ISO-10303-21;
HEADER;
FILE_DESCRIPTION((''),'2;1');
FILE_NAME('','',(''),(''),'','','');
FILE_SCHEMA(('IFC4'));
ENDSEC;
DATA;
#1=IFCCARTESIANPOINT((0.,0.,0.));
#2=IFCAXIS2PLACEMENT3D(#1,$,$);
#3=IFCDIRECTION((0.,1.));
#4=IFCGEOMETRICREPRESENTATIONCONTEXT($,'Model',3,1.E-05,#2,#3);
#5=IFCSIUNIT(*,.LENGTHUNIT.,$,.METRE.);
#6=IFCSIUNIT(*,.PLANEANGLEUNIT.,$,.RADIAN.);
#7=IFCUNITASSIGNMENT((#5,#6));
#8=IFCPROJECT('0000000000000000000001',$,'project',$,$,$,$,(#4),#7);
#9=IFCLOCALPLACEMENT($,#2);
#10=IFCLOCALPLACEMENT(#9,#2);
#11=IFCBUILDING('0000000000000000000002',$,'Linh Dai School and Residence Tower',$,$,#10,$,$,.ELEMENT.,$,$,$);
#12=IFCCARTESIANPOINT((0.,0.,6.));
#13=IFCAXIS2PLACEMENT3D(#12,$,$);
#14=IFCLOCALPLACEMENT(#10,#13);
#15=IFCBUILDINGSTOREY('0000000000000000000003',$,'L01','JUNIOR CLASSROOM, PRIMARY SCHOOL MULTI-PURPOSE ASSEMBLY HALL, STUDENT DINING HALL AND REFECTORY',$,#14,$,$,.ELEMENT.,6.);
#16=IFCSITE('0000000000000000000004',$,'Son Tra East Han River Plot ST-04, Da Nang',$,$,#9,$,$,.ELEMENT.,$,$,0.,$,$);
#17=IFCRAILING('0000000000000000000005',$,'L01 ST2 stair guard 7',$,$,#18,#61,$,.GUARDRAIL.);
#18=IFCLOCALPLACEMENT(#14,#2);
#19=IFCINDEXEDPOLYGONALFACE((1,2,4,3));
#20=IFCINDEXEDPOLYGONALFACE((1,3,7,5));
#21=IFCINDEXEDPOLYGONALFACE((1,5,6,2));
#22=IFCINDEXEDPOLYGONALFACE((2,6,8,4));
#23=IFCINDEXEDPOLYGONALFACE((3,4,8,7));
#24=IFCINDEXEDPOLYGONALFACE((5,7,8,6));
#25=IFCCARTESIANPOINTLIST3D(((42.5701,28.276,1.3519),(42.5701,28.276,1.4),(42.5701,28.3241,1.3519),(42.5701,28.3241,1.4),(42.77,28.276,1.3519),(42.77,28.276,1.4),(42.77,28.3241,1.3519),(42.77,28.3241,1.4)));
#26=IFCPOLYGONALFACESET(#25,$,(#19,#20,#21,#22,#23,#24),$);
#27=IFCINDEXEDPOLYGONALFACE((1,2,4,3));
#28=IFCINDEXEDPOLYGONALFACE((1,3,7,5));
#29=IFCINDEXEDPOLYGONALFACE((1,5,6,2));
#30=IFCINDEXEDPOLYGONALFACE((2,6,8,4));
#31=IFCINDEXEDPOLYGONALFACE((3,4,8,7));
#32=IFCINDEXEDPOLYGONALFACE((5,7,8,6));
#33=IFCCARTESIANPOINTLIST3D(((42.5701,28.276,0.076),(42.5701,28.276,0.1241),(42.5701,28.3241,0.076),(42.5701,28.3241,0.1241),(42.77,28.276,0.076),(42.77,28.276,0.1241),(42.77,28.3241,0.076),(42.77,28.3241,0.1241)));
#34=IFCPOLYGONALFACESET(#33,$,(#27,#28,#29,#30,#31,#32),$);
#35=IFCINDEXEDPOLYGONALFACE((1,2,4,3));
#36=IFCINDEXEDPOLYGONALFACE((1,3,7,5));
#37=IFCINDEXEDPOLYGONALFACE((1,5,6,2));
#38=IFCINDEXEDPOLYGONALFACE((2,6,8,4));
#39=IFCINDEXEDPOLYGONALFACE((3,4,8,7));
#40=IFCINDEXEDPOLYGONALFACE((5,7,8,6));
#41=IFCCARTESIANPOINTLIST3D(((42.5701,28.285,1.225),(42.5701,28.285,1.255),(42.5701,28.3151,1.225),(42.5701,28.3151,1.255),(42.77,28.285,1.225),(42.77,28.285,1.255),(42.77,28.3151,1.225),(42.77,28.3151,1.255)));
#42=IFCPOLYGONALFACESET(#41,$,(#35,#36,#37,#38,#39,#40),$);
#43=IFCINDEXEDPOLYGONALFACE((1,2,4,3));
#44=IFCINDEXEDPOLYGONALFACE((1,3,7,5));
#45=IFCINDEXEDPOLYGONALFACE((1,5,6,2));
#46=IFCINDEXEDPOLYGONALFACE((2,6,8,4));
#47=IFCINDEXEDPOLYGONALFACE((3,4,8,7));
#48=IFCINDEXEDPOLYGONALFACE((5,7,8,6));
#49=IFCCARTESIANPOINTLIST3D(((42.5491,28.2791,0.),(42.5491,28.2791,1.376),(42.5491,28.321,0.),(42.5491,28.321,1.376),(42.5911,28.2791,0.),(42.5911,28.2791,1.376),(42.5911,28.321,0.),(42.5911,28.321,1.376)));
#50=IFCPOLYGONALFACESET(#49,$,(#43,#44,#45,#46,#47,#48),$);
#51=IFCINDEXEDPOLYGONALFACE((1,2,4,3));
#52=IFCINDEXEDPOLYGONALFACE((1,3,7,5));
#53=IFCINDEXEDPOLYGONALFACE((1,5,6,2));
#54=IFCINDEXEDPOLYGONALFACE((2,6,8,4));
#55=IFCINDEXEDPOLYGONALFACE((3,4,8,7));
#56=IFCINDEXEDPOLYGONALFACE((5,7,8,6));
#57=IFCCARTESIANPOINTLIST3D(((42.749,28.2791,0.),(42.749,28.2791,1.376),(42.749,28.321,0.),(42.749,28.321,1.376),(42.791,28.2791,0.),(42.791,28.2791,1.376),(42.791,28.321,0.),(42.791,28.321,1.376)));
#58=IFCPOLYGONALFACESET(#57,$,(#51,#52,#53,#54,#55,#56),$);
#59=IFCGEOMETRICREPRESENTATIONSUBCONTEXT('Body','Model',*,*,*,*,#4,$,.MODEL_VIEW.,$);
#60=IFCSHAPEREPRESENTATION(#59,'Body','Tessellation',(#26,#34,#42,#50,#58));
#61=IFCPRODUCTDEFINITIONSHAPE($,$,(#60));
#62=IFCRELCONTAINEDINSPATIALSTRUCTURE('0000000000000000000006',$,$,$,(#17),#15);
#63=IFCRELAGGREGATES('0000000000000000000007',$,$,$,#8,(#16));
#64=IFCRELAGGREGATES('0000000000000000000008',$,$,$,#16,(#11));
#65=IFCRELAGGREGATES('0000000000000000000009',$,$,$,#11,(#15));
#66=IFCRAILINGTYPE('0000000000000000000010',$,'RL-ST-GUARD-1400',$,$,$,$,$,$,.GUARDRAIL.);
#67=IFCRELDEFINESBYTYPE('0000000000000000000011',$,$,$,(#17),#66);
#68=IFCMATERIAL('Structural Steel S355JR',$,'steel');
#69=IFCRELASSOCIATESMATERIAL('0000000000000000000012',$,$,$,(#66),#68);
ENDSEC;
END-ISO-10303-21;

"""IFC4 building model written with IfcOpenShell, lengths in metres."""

from ifc_helpers import new_model, si_unit, direction, frame, origin, origin_2d, place, context, subcontext, project, spatial, rectangle, extrude, source, transform, mapped, material, type_object, element, save


model = new_model("IFC4")

# Units and contexts
model_context = context("Model", 3, precision=1e-05, world=origin(), true_north=direction((0.0, 1.0)))
body_context = subcontext(model_context, "Body", "Model", "MODEL_VIEW")
ifc_project = project(units=[si_unit("LENGTHUNIT", "METRE"), si_unit("PLANEANGLEUNIT", "RADIAN")], contexts=[model_context])

# Site, building, storey
site_placement = place(None, origin())
site = spatial("IfcSite", under=ifc_project, at=site_placement, Name="Son Tra East Han River Plot ST-04, Da Nang", CompositionType="ELEMENT", RefElevation=0.0)
building_placement = place(site_placement, origin())
building = spatial("IfcBuilding", under=site, at=building_placement, Name="Linh Dai School and Residence Tower", CompositionType="ELEMENT")
storey_placement = place(building_placement, frame((0.0, 0.0, 6.0)))
storey = spatial("IfcBuildingStorey", under=building, at=storey_placement, Name="L01", Description="JUNIOR CLASSROOM, PRIMARY SCHOOL MULTI-PURPOSE ASSEMBLY HALL, STUDENT DINING HALL AND REFECTORY", CompositionType="ELEMENT", Elevation=6.0)

# Shared definitions
ifc_material_1 = material(Name="Structural Steel S355JR", Category="steel")

# Railing
railing_type_1 = type_object("IfcRailingType", Name="RL-ST-GUARD-1400", PredefinedType="GUARDRAIL", material=ifc_material_1)
shared_shape_1 = source(origin(), body_context, "Body", "SweptSolid", [
    extrude(rectangle(XDim=0.0481, YDim=0.0481, at=origin_2d()), frame((0.0, 0.0, 1.376), z_axis=(1.0, 0.0, 0.0), x_axis=(0.0, 1.0, 0.0)), (0.0, 0.0, 1.0), 0.2),
    extrude(rectangle(XDim=0.0481, YDim=0.0481, at=origin_2d()), frame((0.0, 0.0, 0.1001), z_axis=(1.0, 0.0, 0.0), x_axis=(0.0, 1.0, 0.0)), (0.0, 0.0, 1.0), 0.2),
    extrude(rectangle(XDim=0.03, YDim=0.03, at=origin_2d()), frame((0.0, 0.0, 1.24), z_axis=(1.0, 0.0, 0.0), x_axis=(0.0, 1.0, 0.0)), (0.0, 0.0, 1.0), 0.2),
    extrude(rectangle(XDim=0.042, YDim=0.042, at=origin_2d()), origin(), (0.0, 0.0, 1.0), 1.376),
    extrude(rectangle(XDim=0.042, YDim=0.042, at=origin_2d()), frame((0.2, 0.0, 0.0)), (0.0, 0.0, 1.0), 1.376),
])
railing_1_placement = place(storey_placement, frame((42.5701, 28.3, 0.0)))
element("IfcRailing", 1, at=railing_1_placement, inside=storey, type_object=railing_type_1, Name="L01 ST2 stair guard 7", PredefinedType="GUARDRAIL", context=body_context, shape_type="MappedRepresentation", body=[
    mapped(shared_shape_1, transform((0.0, 0.0, 0.0), x_axis=(1.0, 0.0, 0.0), y_axis=(0.0, 1.0, 0.0), z_axis=(0.0, 0.0, 1.0), scale=1.0)),
])

save(model, "model.ifc")
